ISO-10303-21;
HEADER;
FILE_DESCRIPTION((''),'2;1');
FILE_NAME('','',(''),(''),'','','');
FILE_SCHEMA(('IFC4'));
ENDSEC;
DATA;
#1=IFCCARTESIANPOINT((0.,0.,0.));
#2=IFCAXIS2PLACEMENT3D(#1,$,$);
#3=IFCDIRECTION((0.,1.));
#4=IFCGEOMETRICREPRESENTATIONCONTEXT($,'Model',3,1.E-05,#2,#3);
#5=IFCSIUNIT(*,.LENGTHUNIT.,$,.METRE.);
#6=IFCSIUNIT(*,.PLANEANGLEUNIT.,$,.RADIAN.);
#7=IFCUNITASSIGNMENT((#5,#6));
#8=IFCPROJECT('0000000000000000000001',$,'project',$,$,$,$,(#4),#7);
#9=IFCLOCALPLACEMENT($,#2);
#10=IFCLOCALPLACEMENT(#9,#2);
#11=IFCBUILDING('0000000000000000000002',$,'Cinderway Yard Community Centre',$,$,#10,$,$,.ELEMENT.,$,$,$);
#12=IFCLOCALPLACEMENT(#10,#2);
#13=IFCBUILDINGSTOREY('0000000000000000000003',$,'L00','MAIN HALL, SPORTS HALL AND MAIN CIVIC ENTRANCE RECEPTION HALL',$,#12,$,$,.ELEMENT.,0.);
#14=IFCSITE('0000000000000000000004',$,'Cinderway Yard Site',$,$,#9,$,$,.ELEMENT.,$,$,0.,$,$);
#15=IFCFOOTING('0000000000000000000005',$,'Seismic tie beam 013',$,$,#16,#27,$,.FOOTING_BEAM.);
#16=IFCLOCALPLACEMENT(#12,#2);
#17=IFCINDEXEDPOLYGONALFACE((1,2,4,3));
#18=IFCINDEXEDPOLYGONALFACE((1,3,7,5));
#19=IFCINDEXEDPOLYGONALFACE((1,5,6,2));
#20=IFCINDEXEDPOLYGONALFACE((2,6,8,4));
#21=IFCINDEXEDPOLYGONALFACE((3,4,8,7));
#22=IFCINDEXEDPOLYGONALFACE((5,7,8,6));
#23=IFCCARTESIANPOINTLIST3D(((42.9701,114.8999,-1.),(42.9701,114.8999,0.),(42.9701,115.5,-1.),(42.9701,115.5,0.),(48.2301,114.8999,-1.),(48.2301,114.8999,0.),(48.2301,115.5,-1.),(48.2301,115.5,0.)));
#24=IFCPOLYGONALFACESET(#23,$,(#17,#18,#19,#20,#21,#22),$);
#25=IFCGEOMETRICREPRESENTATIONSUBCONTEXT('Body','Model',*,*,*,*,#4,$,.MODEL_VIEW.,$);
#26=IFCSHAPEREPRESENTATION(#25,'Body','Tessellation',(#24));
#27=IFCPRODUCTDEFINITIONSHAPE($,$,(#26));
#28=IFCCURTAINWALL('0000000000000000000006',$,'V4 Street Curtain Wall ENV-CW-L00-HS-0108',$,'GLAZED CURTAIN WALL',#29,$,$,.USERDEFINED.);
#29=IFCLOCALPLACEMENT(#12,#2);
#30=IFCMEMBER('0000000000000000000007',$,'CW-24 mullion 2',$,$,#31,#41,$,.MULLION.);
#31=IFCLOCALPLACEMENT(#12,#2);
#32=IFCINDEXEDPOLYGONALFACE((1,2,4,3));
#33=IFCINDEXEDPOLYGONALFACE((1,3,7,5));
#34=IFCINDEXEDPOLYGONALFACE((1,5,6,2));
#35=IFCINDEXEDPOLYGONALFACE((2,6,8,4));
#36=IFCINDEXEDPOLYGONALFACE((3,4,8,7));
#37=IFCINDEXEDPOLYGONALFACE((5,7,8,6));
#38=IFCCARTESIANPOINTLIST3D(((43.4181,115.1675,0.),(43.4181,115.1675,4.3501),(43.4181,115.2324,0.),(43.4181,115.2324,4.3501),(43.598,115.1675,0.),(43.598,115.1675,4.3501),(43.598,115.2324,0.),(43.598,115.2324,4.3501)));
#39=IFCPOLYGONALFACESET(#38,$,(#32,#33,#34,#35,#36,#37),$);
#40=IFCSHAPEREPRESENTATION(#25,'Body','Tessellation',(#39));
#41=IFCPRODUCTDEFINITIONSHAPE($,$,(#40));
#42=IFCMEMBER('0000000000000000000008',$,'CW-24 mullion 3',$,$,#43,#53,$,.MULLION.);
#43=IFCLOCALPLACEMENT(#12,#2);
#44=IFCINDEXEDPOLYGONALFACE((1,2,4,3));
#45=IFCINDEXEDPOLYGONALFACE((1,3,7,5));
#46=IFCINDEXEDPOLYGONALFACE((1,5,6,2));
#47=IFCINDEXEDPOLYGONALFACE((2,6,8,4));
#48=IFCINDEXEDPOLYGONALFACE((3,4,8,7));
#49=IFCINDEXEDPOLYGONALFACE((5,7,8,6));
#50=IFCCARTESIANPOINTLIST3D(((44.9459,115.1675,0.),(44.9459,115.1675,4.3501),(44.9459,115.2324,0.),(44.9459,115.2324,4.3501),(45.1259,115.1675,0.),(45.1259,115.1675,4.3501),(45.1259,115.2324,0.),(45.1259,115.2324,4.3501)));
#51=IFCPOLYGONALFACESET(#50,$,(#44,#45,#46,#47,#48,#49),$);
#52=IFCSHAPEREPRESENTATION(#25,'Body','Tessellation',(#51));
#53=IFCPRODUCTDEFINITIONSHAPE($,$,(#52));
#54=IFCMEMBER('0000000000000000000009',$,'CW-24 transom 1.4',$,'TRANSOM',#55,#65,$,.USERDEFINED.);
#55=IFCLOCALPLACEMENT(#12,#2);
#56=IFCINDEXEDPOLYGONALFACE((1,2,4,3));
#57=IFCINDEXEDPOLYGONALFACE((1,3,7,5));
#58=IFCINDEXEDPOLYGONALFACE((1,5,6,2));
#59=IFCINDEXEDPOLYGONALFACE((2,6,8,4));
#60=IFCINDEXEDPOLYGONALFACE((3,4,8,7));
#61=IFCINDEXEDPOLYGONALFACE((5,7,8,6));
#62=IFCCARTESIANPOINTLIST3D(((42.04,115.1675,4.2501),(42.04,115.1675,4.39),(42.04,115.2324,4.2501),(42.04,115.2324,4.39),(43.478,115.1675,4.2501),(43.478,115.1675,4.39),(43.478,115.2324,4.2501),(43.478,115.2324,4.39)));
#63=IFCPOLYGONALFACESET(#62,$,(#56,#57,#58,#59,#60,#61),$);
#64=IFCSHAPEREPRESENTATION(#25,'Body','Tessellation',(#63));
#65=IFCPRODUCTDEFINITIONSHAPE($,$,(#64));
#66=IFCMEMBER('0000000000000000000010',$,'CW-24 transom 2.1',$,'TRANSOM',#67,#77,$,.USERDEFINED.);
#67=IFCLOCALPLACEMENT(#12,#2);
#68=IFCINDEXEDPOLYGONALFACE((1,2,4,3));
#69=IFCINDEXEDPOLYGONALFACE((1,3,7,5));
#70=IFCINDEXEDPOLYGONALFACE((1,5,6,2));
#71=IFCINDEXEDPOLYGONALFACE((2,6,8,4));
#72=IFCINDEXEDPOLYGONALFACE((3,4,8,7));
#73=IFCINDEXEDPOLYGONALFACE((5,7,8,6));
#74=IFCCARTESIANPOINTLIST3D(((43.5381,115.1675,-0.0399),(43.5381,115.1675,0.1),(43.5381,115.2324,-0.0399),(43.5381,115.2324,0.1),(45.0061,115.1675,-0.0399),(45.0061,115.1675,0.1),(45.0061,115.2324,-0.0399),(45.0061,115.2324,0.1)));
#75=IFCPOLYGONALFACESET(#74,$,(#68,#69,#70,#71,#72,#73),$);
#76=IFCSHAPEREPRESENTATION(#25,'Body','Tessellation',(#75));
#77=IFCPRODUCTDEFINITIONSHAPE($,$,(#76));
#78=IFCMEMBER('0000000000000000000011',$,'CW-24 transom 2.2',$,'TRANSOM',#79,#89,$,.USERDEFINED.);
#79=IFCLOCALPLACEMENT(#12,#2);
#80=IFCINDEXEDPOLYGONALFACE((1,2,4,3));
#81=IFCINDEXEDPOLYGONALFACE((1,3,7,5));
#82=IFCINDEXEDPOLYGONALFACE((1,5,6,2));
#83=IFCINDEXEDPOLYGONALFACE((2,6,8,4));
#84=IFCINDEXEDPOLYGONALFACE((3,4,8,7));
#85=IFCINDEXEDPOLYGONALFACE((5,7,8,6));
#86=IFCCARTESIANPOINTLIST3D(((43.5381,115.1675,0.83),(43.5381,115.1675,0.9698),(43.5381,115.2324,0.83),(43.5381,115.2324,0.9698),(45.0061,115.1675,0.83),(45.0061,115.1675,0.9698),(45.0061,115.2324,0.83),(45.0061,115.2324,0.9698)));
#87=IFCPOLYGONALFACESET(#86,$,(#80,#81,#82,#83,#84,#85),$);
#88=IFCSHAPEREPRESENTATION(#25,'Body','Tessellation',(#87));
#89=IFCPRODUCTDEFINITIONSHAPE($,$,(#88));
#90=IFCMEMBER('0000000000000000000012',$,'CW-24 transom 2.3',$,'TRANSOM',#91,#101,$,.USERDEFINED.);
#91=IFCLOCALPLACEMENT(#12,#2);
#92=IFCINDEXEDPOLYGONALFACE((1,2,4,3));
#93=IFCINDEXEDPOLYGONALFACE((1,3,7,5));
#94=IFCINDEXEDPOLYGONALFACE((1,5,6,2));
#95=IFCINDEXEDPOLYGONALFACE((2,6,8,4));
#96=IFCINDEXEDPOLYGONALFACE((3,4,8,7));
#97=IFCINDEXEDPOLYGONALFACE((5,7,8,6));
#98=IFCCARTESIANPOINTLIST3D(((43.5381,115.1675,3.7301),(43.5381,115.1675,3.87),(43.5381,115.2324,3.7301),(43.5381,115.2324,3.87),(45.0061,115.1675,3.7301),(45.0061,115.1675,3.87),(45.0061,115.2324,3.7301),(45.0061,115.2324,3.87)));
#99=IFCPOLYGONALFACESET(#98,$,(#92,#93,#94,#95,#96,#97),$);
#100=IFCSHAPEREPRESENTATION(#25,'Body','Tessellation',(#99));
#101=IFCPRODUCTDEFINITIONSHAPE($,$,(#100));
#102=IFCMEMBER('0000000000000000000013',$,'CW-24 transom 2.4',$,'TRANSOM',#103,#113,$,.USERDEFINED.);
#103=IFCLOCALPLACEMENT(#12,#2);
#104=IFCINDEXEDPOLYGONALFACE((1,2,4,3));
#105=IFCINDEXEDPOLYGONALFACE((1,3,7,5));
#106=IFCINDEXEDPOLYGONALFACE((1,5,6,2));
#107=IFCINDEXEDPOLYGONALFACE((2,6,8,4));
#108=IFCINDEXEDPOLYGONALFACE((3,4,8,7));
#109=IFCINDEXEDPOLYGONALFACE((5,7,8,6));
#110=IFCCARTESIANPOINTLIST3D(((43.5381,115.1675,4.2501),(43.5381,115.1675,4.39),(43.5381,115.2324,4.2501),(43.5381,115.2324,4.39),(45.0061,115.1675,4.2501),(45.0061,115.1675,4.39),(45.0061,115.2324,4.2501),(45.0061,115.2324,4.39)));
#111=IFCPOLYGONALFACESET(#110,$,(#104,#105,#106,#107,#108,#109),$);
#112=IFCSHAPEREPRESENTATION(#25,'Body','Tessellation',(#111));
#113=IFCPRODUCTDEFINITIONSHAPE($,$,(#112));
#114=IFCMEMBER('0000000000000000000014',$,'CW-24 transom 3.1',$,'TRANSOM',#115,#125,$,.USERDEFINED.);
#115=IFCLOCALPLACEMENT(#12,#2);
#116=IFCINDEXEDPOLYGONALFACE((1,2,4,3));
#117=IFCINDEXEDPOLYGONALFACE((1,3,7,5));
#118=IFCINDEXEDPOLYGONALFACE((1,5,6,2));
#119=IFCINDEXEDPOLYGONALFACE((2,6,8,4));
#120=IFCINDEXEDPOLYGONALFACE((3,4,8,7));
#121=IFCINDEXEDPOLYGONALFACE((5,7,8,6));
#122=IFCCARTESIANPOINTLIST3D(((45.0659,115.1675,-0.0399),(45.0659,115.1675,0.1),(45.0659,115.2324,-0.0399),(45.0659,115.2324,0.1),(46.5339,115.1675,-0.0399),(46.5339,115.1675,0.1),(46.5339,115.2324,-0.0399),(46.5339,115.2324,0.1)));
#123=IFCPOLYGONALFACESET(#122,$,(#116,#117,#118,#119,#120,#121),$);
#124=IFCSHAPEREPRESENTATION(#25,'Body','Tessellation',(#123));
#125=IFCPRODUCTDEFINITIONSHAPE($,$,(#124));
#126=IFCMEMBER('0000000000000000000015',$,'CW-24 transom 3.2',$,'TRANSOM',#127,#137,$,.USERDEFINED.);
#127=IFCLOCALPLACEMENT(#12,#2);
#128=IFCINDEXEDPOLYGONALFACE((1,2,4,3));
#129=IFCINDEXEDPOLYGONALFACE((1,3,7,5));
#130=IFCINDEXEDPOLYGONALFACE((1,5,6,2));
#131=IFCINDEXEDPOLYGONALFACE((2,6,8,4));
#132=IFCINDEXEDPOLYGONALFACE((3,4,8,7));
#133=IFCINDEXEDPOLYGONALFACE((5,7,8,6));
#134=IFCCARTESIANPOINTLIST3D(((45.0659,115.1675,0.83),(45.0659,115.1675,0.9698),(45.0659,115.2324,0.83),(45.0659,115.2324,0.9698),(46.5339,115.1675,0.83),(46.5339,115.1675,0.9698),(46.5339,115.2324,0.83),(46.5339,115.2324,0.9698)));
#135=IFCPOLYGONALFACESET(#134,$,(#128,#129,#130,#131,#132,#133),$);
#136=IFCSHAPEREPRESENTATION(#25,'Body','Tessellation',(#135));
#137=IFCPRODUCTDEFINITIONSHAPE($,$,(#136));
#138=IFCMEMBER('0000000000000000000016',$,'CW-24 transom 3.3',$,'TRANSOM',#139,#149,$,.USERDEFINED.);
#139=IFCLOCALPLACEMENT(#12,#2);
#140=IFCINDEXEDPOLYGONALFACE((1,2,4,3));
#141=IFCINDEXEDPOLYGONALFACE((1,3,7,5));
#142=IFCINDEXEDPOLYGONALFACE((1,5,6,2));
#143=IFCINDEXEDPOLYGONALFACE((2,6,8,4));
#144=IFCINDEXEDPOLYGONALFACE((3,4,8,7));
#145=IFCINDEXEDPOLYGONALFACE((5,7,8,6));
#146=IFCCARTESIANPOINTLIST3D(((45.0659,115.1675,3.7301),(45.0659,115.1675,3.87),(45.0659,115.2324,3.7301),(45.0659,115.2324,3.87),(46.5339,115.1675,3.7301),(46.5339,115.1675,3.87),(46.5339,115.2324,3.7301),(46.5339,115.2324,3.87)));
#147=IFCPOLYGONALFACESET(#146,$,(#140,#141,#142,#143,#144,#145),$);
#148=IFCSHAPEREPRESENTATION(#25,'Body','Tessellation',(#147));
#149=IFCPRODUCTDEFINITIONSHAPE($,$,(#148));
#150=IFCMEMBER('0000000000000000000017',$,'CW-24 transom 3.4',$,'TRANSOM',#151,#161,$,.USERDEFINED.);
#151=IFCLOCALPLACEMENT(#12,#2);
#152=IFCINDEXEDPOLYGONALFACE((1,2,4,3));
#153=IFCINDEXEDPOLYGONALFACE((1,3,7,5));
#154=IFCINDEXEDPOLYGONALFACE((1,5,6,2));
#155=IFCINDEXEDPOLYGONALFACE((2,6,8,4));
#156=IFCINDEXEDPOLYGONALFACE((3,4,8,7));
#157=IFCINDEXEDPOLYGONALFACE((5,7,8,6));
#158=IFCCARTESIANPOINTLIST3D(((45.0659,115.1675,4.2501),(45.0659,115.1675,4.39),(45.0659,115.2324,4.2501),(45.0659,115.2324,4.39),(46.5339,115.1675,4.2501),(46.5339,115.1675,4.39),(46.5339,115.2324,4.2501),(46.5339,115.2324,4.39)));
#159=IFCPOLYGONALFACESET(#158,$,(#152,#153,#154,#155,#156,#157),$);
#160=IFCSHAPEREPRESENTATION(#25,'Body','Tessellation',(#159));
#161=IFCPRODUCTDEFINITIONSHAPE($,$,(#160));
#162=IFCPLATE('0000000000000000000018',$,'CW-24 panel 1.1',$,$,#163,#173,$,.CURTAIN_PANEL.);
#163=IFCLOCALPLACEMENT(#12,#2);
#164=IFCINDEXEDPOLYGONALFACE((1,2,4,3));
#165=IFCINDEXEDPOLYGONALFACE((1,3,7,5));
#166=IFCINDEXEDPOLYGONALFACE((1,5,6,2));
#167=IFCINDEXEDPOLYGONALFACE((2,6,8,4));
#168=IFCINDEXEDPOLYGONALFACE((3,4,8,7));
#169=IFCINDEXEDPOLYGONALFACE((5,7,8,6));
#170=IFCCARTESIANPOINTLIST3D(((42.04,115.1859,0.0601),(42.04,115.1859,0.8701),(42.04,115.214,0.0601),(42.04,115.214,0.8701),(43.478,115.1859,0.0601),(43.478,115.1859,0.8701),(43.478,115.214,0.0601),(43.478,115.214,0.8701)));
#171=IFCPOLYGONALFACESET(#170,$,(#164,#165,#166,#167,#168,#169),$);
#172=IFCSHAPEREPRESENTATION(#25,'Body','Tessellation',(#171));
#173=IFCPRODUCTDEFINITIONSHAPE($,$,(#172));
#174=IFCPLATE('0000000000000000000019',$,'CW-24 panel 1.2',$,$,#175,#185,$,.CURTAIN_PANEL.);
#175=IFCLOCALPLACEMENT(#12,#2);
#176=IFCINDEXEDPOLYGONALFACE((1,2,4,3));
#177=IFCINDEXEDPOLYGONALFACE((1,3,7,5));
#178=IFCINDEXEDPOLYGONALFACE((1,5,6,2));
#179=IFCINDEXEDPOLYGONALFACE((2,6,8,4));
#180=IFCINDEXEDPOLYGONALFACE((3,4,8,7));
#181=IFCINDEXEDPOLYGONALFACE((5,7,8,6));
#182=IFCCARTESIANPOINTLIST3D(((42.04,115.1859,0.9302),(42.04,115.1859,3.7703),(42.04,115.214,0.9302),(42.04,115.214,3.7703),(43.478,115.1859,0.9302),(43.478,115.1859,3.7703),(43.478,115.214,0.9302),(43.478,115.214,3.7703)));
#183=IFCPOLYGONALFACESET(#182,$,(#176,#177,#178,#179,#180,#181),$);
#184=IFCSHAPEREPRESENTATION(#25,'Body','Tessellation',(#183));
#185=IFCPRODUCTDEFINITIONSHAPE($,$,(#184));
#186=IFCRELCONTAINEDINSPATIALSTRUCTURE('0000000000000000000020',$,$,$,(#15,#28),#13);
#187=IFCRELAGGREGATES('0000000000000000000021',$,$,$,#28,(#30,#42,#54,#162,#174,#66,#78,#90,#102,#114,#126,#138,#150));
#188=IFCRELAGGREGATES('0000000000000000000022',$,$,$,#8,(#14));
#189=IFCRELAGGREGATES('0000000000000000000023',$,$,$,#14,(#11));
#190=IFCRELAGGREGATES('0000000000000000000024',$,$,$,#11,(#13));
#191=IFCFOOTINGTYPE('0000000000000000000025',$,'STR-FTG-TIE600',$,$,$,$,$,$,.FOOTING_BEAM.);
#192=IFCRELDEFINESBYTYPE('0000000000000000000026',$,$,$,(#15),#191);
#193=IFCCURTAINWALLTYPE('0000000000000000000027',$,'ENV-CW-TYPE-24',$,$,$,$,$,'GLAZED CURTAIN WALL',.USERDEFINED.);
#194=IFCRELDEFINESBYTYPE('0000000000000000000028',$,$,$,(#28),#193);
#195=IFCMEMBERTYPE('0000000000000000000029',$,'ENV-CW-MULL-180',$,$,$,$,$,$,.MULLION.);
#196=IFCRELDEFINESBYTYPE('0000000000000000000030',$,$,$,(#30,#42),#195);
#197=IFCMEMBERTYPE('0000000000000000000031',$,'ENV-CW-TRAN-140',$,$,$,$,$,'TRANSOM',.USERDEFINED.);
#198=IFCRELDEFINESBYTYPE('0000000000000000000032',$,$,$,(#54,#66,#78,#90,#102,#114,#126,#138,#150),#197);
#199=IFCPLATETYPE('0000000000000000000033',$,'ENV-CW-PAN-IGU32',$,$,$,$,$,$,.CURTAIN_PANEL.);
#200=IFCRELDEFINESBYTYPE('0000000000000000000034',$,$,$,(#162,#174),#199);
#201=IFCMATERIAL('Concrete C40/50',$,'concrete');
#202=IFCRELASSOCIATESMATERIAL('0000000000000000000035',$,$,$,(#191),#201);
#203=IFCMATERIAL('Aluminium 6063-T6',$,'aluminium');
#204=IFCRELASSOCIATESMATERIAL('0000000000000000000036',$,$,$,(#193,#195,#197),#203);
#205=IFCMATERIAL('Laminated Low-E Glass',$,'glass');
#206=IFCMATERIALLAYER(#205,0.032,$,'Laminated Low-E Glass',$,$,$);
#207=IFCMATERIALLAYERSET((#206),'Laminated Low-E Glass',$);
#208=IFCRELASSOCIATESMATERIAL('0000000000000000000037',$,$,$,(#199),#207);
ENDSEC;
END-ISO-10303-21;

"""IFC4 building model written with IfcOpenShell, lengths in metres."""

from ifc_helpers import new_model, si_unit, direction, frame, origin, origin_2d, place, context, subcontext, project, spatial, rectangle, extrude, material, layer, layer_set, material_profile, profile_set, type_object, element, aggregate, save


model = new_model("IFC4")

# Units and contexts
model_context = context("Model", 3, precision=1e-05, world=origin(), true_north=direction((0.0, 1.0)))
body_context = subcontext(model_context, "Body", "Model", "MODEL_VIEW")
ifc_project = project(units=[si_unit("LENGTHUNIT", "METRE"), si_unit("PLANEANGLEUNIT", "RADIAN")], contexts=[model_context])

# Site, building, storey
site_placement = place(None, origin())
site = spatial("IfcSite", under=ifc_project, at=site_placement, Name="Cinderway Yard Site", CompositionType="ELEMENT", RefElevation=0.0)
building_placement = place(site_placement, origin())
building = spatial("IfcBuilding", under=site, at=building_placement, Name="Cinderway Yard Community Centre", CompositionType="ELEMENT")
storey_placement = place(building_placement, origin())
storey = spatial("IfcBuildingStorey", under=building, at=storey_placement, Name="L00", Description="MAIN HALL, SPORTS HALL AND MAIN CIVIC ENTRANCE RECEPTION HALL", CompositionType="ELEMENT", Elevation=0.0)

# Footing
ifc_material_1 = material(Name="Concrete C40/50", Category="concrete")
footing_type = type_object("IfcFootingType", Name="STR-FTG-TIE600", PredefinedType="FOOTING_BEAM", material=ifc_material_1)
footing_placement = place(storey_placement, frame((45.6001, 115.2, -1.0), z_axis=(0.0, 0.0, 1.0), x_axis=(1.0, 0.0, 0.0)))
element("IfcFooting", 1, at=footing_placement, inside=storey, type_object=footing_type, Name="Seismic tie beam 013", PredefinedType="FOOTING_BEAM", context=body_context, shape_type="SweptSolid", body=[
    extrude(rectangle(XDim=5.26, YDim=0.6001, at=origin_2d()), origin(), (0.0, 0.0, 1.0), 1.0),
])

# Curtain wall, members, plates
ifc_material_2 = material(Name="Aluminium 6063-T6", Category="aluminium")
curtain_wall_type = type_object("IfcCurtainWallType", Name="ENV-CW-TYPE-24", ElementType="GLAZED CURTAIN WALL", PredefinedType="USERDEFINED", material=ifc_material_2)
curtain_wall_placement = place(storey_placement, origin())
curtain_wall = element("IfcCurtainWall", 2, at=curtain_wall_placement, inside=storey, type_object=curtain_wall_type, Name="V4 Street Curtain Wall ENV-CW-L00-HS-0108", ObjectType="GLAZED CURTAIN WALL", PredefinedType="USERDEFINED")
ifc_material_profile_1 = material_profile(ifc_material_2, rectangle(XDim=0.0649, YDim=0.1799, at=origin_2d()), Name="Aluminium 6063-T6")
ifc_profile_set_1 = profile_set([ifc_material_profile_1], Name="Aluminium 6063-T6")
member_type_1 = type_object("IfcMemberType", Name="ENV-CW-MULL-180", PredefinedType="MULLION", material=ifc_profile_set_1)
member_1_placement = place(storey_placement, frame((43.5081, 115.2, 0.0), z_axis=(0.0, 0.0, 1.0), x_axis=(0.0, 1.0, 0.0)))
member_1 = element("IfcMember", 3, at=member_1_placement, type_object=member_type_1, Name="CW-24 mullion 2", PredefinedType="MULLION", context=body_context, shape_type="SweptSolid", body=[
    extrude(rectangle(XDim=0.0649, YDim=0.1799, at=origin_2d()), origin(), (0.0, 0.0, 1.0), 4.3501),
])
member_2_placement = place(storey_placement, frame((45.0359, 115.2, 0.0), z_axis=(0.0, 0.0, 1.0), x_axis=(0.0, 1.0, 0.0)))
member_2 = element("IfcMember", 4, at=member_2_placement, type_object=member_type_1, Name="CW-24 mullion 3", PredefinedType="MULLION", context=body_context, shape_type="SweptSolid", body=[
    extrude(rectangle(XDim=0.0649, YDim=0.1799, at=origin_2d()), origin(), (0.0, 0.0, 1.0), 4.3501),
])
ifc_material_profile_2 = material_profile(ifc_material_2, rectangle(XDim=0.0649, YDim=0.1399, at=origin_2d()), Name="Aluminium 6063-T6")
ifc_profile_set_2 = profile_set([ifc_material_profile_2], Name="Aluminium 6063-T6")
member_type_2 = type_object("IfcMemberType", Name="ENV-CW-TRAN-140", ElementType="TRANSOM", PredefinedType="USERDEFINED", material=ifc_profile_set_2)
member_3_placement = place(storey_placement, frame((42.04, 115.2, 4.3201), z_axis=(1.0, 0.0, 0.0), x_axis=(0.0, 1.0, 0.0)))
member_3 = element("IfcMember", 5, at=member_3_placement, type_object=member_type_2, Name="CW-24 transom 1.4", ObjectType="TRANSOM", PredefinedType="USERDEFINED", context=body_context, shape_type="SweptSolid", body=[
    extrude(rectangle(XDim=0.0649, YDim=0.1399, at=origin_2d()), origin(), (0.0, 0.0, 1.0), 1.438),
])
member_4_placement = place(storey_placement, frame((43.5381, 115.2, 0.03), z_axis=(1.0, 0.0, 0.0), x_axis=(0.0, 1.0, 0.0)))
member_4 = element("IfcMember", 6, at=member_4_placement, type_object=member_type_2, Name="CW-24 transom 2.1", ObjectType="TRANSOM", PredefinedType="USERDEFINED", context=body_context, shape_type="SweptSolid", body=[
    extrude(rectangle(XDim=0.0649, YDim=0.1399, at=origin_2d()), origin(), (0.0, 0.0, 1.0), 1.468),
])
member_5_placement = place(storey_placement, frame((43.5381, 115.2, 0.8999), z_axis=(1.0, 0.0, 0.0), x_axis=(0.0, 1.0, 0.0)))
member_5 = element("IfcMember", 7, at=member_5_placement, type_object=member_type_2, Name="CW-24 transom 2.2", ObjectType="TRANSOM", PredefinedType="USERDEFINED", context=body_context, shape_type="SweptSolid", body=[
    extrude(rectangle(XDim=0.0649, YDim=0.1399, at=origin_2d()), origin(), (0.0, 0.0, 1.0), 1.468),
])
member_6_placement = place(storey_placement, frame((43.5381, 115.2, 3.8), z_axis=(1.0, 0.0, 0.0), x_axis=(0.0, 1.0, 0.0)))
member_6 = element("IfcMember", 8, at=member_6_placement, type_object=member_type_2, Name="CW-24 transom 2.3", ObjectType="TRANSOM", PredefinedType="USERDEFINED", context=body_context, shape_type="SweptSolid", body=[
    extrude(rectangle(XDim=0.0649, YDim=0.1399, at=origin_2d()), origin(), (0.0, 0.0, 1.0), 1.468),
])
member_7_placement = place(storey_placement, frame((43.5381, 115.2, 4.3201), z_axis=(1.0, 0.0, 0.0), x_axis=(0.0, 1.0, 0.0)))
member_7 = element("IfcMember", 9, at=member_7_placement, type_object=member_type_2, Name="CW-24 transom 2.4", ObjectType="TRANSOM", PredefinedType="USERDEFINED", context=body_context, shape_type="SweptSolid", body=[
    extrude(rectangle(XDim=0.0649, YDim=0.1399, at=origin_2d()), origin(), (0.0, 0.0, 1.0), 1.468),
])
member_8_placement = place(storey_placement, frame((45.0659, 115.2, 0.03), z_axis=(1.0, 0.0, 0.0), x_axis=(0.0, 1.0, 0.0)))
member_8 = element("IfcMember", 10, at=member_8_placement, type_object=member_type_2, Name="CW-24 transom 3.1", ObjectType="TRANSOM", PredefinedType="USERDEFINED", context=body_context, shape_type="SweptSolid", body=[
    extrude(rectangle(XDim=0.0649, YDim=0.1399, at=origin_2d()), origin(), (0.0, 0.0, 1.0), 1.468),
])
member_9_placement = place(storey_placement, frame((45.0659, 115.2, 0.8999), z_axis=(1.0, 0.0, 0.0), x_axis=(0.0, 1.0, 0.0)))
member_9 = element("IfcMember", 11, at=member_9_placement, type_object=member_type_2, Name="CW-24 transom 3.2", ObjectType="TRANSOM", PredefinedType="USERDEFINED", context=body_context, shape_type="SweptSolid", body=[
    extrude(rectangle(XDim=0.0649, YDim=0.1399, at=origin_2d()), origin(), (0.0, 0.0, 1.0), 1.468),
])
member_10_placement = place(storey_placement, frame((45.0659, 115.2, 3.8), z_axis=(1.0, 0.0, 0.0), x_axis=(0.0, 1.0, 0.0)))
member_10 = element("IfcMember", 12, at=member_10_placement, type_object=member_type_2, Name="CW-24 transom 3.3", ObjectType="TRANSOM", PredefinedType="USERDEFINED", context=body_context, shape_type="SweptSolid", body=[
    extrude(rectangle(XDim=0.0649, YDim=0.1399, at=origin_2d()), origin(), (0.0, 0.0, 1.0), 1.468),
])
member_11_placement = place(storey_placement, frame((45.0659, 115.2, 4.3201), z_axis=(1.0, 0.0, 0.0), x_axis=(0.0, 1.0, 0.0)))
member_11 = element("IfcMember", 13, at=member_11_placement, type_object=member_type_2, Name="CW-24 transom 3.4", ObjectType="TRANSOM", PredefinedType="USERDEFINED", context=body_context, shape_type="SweptSolid", body=[
    extrude(rectangle(XDim=0.0649, YDim=0.1399, at=origin_2d()), origin(), (0.0, 0.0, 1.0), 1.468),
])
ifc_material_3 = material(Name="Laminated Low-E Glass", Category="glass")
ifc_layer = layer(ifc_material_3, 0.032, Name="Laminated Low-E Glass")
ifc_layer_set = layer_set([ifc_layer], Name="Laminated Low-E Glass")
plate_type = type_object("IfcPlateType", Name="ENV-CW-PAN-IGU32", PredefinedType="CURTAIN_PANEL", material=ifc_layer_set)
plate_1_placement = place(storey_placement, frame((42.759, 115.2, 0.0601), z_axis=(0.0, 0.0, 1.0), x_axis=(1.0, 0.0, 0.0)))
plate_1 = element("IfcPlate", 14, at=plate_1_placement, type_object=plate_type, Name="CW-24 panel 1.1", PredefinedType="CURTAIN_PANEL", context=body_context, shape_type="SweptSolid", body=[
    extrude(rectangle(XDim=1.438, YDim=0.0281, at=origin_2d()), origin(), (0.0, 0.0, 1.0), 0.8101),
])
plate_2_placement = place(storey_placement, frame((42.759, 115.2, 0.9302), z_axis=(0.0, 0.0, 1.0), x_axis=(1.0, 0.0, 0.0)))
plate_2 = element("IfcPlate", 15, at=plate_2_placement, type_object=plate_type, Name="CW-24 panel 1.2", PredefinedType="CURTAIN_PANEL", context=body_context, shape_type="SweptSolid", body=[
    extrude(rectangle(XDim=1.438, YDim=0.0281, at=origin_2d()), origin(), (0.0, 0.0, 1.0), 2.8401),
])
aggregate(curtain_wall, [member_1, member_2, member_3, plate_1, plate_2, member_4, member_5, member_6, member_7, member_8, member_9, member_10, member_11])

save(model, "model.ifc")
